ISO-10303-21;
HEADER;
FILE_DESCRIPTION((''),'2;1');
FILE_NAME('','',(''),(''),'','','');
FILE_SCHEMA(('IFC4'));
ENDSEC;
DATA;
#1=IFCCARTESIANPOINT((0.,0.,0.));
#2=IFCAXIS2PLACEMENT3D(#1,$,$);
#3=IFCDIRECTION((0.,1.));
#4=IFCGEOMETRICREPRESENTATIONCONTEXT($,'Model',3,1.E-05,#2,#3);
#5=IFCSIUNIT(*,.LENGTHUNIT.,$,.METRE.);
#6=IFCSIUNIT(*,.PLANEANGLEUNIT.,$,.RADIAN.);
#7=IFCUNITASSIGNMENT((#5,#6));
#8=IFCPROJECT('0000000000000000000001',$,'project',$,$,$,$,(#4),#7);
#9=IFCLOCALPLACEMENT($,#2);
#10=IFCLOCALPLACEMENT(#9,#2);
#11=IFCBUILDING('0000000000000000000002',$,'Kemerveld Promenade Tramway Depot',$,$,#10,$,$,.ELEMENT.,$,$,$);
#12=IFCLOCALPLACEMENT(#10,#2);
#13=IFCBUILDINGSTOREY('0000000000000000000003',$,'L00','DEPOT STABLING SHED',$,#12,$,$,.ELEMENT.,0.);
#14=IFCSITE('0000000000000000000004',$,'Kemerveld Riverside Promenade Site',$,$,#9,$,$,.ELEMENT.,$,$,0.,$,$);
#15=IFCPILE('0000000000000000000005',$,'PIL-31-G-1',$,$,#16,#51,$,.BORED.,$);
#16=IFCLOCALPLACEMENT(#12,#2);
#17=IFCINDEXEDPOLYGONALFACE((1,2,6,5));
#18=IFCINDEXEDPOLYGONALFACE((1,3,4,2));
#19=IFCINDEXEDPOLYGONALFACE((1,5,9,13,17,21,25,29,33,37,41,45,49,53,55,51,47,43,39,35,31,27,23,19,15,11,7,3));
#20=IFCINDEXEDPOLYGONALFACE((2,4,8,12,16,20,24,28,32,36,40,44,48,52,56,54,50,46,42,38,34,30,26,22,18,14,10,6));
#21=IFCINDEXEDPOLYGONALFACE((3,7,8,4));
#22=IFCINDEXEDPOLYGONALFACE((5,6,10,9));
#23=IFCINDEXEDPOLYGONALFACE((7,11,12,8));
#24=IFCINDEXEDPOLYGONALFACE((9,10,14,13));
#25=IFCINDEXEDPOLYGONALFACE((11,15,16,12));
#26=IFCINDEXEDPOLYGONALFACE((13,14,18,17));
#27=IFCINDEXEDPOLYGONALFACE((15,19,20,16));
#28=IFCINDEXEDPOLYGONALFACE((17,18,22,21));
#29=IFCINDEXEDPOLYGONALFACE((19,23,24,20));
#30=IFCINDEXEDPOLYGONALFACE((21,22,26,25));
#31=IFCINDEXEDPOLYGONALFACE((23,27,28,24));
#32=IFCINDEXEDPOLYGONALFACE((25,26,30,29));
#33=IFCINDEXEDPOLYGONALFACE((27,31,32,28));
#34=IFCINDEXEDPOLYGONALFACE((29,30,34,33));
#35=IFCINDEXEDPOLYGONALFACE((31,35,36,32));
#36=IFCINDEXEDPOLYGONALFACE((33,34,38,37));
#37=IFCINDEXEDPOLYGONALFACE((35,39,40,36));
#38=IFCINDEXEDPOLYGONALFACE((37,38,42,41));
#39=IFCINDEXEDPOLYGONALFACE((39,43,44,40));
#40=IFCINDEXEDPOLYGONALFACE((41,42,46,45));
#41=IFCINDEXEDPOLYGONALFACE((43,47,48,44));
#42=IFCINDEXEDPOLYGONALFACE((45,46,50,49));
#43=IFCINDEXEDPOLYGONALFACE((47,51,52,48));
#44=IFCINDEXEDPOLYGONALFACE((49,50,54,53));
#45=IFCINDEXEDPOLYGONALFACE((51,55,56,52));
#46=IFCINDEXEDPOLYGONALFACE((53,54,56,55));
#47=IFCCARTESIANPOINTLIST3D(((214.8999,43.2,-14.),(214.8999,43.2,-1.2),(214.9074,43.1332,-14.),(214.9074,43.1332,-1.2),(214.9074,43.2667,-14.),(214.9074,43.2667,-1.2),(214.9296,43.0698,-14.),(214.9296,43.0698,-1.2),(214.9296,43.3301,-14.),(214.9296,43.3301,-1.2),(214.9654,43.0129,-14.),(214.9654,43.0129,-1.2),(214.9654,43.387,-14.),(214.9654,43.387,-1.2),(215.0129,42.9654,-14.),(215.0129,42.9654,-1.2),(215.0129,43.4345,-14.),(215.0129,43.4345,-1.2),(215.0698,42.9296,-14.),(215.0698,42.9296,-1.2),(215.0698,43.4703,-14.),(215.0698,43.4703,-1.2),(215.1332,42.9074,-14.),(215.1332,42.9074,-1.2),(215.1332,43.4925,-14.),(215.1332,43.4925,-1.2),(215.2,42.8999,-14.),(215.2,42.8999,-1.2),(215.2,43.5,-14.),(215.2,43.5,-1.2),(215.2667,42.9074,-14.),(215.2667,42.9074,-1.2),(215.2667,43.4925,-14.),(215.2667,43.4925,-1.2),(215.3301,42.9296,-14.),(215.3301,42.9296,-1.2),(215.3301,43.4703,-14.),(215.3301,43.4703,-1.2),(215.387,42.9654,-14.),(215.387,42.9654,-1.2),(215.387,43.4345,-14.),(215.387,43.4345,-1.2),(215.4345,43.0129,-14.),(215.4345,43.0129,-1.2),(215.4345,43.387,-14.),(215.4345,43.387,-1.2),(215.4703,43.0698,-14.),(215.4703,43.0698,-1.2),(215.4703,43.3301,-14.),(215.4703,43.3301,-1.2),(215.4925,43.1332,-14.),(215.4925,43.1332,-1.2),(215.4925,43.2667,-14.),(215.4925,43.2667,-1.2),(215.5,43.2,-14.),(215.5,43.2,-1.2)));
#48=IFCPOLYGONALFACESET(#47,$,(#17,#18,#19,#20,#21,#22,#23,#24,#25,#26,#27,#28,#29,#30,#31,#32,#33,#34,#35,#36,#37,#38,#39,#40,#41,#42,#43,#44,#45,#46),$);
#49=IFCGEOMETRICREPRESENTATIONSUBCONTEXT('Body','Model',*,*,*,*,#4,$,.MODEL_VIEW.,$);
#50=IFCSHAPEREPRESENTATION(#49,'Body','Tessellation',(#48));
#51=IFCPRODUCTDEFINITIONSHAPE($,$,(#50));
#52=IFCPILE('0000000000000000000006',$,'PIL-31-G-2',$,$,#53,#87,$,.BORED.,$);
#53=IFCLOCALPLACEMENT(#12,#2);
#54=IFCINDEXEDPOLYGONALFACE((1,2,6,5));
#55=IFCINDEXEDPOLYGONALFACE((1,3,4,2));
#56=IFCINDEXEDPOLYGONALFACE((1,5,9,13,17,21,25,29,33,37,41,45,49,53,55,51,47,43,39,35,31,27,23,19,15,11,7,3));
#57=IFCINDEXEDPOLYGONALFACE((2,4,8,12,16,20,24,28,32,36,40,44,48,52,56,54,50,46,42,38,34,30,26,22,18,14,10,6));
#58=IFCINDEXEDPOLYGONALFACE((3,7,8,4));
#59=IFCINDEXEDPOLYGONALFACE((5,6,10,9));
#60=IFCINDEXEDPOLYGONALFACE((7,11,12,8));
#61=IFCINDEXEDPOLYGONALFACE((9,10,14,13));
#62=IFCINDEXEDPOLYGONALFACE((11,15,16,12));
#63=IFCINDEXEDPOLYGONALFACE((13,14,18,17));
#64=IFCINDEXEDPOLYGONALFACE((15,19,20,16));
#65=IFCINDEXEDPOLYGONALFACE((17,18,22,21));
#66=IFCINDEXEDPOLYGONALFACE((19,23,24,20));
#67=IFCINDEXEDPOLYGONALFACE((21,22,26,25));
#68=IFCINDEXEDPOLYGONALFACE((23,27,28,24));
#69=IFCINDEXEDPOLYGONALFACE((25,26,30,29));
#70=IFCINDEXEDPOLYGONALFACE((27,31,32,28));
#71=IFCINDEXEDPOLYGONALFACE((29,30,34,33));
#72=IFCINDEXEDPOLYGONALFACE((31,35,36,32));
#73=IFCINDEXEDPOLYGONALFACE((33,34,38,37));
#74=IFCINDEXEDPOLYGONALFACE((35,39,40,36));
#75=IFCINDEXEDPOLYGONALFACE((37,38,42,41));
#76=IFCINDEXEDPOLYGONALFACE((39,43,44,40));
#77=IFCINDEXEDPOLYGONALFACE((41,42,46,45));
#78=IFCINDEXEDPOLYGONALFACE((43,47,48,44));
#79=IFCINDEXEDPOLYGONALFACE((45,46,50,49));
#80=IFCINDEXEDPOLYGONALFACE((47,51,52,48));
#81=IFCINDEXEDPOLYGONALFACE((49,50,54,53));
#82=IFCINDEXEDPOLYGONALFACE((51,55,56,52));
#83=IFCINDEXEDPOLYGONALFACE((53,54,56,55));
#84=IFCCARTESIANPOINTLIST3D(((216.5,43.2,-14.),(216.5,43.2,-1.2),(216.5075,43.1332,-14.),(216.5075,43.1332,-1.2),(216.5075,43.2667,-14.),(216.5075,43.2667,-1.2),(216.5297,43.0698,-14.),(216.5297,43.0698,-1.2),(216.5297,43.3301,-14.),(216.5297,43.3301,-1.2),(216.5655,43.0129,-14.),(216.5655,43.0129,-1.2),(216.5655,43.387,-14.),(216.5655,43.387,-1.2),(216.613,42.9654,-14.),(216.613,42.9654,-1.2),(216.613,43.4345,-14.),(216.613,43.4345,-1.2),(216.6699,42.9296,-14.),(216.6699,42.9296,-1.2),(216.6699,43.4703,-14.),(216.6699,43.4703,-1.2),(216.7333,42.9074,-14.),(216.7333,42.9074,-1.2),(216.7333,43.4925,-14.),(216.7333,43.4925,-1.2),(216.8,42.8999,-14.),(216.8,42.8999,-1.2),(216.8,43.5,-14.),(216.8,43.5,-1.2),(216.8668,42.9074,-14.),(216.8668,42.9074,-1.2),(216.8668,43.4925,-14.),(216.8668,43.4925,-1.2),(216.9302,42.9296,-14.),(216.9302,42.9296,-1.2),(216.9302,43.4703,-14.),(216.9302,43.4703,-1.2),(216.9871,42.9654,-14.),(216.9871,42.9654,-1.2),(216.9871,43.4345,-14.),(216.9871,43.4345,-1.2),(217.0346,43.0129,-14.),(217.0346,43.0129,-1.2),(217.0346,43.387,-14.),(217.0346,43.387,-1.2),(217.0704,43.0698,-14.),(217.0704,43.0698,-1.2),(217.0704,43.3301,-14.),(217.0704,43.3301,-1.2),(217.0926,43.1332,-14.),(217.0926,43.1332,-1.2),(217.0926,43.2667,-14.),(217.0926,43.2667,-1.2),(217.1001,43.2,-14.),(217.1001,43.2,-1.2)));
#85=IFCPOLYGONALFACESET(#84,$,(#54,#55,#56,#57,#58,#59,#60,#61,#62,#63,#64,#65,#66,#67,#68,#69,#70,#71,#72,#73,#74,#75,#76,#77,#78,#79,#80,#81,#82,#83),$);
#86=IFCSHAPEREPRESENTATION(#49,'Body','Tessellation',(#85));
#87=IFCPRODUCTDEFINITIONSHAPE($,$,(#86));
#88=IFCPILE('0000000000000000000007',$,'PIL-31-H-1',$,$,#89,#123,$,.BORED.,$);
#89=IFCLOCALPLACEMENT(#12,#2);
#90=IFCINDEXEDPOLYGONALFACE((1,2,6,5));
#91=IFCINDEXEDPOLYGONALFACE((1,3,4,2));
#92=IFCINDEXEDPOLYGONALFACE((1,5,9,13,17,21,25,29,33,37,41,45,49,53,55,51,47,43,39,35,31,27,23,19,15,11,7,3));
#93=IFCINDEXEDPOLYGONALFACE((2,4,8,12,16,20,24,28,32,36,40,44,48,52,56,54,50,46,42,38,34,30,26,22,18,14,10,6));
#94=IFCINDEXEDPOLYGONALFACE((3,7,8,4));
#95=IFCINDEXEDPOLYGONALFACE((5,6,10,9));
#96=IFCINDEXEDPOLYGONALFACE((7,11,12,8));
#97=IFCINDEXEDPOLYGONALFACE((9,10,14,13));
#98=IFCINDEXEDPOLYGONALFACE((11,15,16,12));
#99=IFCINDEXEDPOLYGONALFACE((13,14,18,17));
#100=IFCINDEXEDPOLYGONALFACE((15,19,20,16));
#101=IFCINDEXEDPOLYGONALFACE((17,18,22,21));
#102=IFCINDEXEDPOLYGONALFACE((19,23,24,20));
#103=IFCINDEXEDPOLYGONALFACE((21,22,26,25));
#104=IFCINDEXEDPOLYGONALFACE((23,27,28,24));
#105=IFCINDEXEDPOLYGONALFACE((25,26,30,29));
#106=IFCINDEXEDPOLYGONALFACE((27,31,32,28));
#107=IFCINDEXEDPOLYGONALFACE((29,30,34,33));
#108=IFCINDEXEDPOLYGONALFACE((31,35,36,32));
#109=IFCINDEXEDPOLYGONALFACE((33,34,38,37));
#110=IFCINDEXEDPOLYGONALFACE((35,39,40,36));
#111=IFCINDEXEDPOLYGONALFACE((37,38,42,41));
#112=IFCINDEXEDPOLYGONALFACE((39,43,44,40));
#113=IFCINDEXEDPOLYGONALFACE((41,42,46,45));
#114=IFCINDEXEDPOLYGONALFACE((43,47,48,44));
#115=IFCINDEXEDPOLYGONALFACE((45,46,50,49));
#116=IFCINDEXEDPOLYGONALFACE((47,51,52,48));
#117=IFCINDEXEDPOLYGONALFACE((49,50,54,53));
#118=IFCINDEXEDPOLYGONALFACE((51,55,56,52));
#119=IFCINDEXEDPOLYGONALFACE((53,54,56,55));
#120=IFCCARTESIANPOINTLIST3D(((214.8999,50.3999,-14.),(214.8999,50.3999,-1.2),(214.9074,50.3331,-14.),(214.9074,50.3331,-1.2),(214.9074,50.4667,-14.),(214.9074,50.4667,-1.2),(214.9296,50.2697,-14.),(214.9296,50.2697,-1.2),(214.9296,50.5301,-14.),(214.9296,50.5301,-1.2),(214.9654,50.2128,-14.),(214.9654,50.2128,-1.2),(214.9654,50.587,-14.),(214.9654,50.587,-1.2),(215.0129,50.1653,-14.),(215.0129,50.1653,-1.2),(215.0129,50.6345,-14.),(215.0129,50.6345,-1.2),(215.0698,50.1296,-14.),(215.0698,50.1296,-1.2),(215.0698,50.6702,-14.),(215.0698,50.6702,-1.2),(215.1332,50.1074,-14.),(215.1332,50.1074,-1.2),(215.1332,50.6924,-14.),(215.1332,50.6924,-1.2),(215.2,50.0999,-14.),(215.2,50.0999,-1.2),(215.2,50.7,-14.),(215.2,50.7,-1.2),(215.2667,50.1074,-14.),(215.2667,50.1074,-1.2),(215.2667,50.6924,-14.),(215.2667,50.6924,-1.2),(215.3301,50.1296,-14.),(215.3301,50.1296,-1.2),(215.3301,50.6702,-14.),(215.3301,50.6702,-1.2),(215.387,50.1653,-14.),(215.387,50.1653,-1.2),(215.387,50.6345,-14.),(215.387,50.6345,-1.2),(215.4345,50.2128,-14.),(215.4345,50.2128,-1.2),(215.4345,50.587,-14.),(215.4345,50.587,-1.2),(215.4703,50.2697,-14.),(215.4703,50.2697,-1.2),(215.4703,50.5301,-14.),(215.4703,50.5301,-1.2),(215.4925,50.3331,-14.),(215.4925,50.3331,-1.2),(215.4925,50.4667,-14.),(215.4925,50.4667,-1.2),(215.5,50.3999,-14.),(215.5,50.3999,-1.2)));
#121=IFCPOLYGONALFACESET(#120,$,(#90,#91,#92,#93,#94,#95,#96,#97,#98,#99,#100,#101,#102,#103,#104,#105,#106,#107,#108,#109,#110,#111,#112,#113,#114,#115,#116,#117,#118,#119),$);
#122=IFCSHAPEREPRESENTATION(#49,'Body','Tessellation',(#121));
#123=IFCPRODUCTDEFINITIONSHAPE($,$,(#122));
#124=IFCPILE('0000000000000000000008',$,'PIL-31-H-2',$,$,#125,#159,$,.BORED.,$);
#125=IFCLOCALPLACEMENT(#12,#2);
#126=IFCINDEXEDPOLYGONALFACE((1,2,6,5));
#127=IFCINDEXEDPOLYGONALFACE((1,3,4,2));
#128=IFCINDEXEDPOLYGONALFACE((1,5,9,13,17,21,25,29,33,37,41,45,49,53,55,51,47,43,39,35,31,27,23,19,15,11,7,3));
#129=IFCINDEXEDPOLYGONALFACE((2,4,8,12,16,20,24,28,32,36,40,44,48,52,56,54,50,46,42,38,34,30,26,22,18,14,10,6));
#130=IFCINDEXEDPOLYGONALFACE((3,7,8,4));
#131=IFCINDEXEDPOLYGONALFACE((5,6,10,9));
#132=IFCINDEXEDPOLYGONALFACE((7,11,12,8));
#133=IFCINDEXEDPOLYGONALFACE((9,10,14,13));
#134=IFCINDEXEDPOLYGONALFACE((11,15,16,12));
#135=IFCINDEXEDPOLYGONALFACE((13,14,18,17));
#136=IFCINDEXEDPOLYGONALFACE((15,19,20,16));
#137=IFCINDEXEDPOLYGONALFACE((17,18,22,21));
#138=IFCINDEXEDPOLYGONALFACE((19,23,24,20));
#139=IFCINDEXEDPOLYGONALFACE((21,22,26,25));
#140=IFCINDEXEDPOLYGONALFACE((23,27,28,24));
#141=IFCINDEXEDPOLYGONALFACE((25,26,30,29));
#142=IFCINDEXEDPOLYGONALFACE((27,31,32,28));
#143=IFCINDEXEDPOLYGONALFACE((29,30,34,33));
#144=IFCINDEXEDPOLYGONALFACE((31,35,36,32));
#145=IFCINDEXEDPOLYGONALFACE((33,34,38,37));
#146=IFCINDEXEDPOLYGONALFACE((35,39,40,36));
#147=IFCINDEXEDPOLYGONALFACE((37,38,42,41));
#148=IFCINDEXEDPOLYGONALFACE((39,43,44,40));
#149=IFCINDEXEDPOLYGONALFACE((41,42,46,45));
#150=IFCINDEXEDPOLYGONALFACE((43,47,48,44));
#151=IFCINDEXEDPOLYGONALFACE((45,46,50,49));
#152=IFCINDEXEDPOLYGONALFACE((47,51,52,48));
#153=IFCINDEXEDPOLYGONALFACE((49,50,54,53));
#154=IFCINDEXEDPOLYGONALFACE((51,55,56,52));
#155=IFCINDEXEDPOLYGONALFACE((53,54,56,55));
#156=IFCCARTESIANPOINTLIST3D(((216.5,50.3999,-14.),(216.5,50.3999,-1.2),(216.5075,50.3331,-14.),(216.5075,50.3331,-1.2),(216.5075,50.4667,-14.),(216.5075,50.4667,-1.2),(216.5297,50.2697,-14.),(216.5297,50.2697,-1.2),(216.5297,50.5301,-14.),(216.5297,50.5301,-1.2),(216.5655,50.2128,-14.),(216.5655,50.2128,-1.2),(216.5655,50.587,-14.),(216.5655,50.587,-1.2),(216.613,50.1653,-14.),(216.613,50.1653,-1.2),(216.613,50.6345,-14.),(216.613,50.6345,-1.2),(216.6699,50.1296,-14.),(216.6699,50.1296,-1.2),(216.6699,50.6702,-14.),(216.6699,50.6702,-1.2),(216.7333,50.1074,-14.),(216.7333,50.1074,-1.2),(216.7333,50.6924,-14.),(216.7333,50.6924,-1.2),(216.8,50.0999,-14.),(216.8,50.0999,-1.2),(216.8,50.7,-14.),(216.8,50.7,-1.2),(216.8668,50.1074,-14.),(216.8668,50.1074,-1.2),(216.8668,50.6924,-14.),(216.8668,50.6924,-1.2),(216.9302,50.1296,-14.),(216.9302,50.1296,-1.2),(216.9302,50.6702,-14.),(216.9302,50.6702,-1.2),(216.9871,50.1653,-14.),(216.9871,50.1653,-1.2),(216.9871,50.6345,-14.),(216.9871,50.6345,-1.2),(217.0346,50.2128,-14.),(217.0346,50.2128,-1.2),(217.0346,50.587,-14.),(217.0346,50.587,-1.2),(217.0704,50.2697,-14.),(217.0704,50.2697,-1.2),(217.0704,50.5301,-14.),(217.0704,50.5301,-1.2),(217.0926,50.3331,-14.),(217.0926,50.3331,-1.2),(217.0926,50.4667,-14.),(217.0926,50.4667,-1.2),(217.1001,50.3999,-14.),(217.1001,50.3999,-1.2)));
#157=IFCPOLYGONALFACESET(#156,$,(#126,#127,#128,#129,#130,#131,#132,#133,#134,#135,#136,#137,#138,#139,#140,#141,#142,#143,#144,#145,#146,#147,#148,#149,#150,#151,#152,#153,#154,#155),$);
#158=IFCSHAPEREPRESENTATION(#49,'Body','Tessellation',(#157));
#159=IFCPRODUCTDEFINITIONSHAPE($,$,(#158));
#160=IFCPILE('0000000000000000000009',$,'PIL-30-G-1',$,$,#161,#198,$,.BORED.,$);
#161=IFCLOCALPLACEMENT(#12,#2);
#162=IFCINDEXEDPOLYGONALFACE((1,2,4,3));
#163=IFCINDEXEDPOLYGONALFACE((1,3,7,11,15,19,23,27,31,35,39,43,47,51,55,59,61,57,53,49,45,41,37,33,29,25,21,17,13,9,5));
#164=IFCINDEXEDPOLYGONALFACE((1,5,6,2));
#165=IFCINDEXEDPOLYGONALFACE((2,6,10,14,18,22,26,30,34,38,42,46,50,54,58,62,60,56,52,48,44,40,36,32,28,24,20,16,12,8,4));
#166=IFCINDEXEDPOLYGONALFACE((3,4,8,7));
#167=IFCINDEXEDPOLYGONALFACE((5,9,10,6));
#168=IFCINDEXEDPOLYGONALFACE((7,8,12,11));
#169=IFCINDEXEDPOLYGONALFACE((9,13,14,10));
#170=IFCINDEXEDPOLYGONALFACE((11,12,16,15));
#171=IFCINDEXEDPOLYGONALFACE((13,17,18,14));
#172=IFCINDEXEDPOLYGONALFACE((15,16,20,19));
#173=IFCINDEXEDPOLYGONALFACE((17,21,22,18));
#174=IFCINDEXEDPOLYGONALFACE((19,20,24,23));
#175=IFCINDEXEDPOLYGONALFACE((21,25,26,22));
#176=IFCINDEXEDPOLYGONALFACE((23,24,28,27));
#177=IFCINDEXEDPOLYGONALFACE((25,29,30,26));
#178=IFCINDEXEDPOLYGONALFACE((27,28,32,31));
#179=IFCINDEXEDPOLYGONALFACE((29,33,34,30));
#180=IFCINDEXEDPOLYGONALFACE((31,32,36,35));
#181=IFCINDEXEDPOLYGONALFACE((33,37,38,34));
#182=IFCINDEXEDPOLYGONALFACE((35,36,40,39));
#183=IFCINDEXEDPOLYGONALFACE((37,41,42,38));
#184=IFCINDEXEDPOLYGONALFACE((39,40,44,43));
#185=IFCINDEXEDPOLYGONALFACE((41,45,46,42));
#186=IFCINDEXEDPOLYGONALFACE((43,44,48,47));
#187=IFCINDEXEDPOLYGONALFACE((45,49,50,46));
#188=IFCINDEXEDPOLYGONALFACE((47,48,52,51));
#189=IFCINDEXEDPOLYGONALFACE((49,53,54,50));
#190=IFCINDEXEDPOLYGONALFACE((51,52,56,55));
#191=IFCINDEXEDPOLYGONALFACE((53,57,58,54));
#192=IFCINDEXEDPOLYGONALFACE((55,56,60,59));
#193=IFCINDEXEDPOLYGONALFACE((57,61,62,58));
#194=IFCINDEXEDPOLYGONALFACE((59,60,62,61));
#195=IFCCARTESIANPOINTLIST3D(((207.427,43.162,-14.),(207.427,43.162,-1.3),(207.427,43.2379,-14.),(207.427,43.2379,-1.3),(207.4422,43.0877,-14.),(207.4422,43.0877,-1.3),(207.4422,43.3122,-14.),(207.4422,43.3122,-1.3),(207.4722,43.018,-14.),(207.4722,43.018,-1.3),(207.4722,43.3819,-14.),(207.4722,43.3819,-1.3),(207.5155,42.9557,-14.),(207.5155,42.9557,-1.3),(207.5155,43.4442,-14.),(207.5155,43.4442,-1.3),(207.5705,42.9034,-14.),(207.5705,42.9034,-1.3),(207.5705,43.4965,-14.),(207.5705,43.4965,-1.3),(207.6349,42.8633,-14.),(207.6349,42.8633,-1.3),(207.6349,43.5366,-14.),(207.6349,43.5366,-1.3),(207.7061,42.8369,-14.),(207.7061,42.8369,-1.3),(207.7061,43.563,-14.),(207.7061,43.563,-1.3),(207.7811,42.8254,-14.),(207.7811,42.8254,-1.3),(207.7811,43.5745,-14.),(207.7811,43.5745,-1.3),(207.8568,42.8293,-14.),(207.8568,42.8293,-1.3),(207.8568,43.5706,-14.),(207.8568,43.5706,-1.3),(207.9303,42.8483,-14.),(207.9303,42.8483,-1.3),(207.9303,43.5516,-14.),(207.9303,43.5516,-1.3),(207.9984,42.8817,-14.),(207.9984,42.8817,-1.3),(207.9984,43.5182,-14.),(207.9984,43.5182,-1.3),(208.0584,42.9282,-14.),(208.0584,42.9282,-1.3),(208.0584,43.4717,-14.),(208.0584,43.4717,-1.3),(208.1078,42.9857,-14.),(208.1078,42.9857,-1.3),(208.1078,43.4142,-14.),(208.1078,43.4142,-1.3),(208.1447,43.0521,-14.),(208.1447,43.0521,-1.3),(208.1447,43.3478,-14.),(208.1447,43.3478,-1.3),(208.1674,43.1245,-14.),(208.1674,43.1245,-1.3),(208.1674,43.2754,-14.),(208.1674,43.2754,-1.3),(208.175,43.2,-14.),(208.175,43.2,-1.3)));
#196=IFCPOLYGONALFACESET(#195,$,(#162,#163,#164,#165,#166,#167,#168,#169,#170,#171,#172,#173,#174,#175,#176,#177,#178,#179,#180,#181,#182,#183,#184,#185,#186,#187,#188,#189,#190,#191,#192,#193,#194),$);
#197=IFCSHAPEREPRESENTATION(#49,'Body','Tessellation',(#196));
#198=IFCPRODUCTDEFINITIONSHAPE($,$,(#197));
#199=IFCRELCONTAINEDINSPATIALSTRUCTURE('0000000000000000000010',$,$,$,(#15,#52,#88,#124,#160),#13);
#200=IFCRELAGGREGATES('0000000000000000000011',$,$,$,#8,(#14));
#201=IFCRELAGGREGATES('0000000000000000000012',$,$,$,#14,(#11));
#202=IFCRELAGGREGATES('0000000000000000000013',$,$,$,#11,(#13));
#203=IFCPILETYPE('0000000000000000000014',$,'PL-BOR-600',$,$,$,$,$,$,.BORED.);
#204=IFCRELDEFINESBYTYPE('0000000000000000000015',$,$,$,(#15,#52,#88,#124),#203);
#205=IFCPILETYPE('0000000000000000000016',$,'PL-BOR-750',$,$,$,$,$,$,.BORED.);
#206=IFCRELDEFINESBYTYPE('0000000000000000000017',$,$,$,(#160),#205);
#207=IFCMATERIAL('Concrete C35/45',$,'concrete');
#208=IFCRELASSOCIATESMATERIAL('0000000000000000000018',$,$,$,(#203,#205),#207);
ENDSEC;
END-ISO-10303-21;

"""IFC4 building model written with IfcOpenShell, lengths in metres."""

from ifc_helpers import new_model, si_unit, direction, frame, origin, origin_2d, place, context, subcontext, project, spatial, circle, extrude, material, material_profile, profile_set, type_object, element, save


model = new_model("IFC4")

# Units and contexts
model_context = context("Model", 3, precision=1e-05, world=origin(), true_north=direction((0.0, 1.0)))
body_context = subcontext(model_context, "Body", "Model", "MODEL_VIEW")
ifc_project = project(units=[si_unit("LENGTHUNIT", "METRE"), si_unit("PLANEANGLEUNIT", "RADIAN")], contexts=[model_context])

# Site, building, storey
site_placement = place(None, origin())
site = spatial("IfcSite", under=ifc_project, at=site_placement, Name="Kemerveld Riverside Promenade Site", CompositionType="ELEMENT", RefElevation=0.0)
building_placement = place(site_placement, origin())
building = spatial("IfcBuilding", under=site, at=building_placement, Name="Kemerveld Promenade Tramway Depot", CompositionType="ELEMENT")
storey_placement = place(building_placement, origin())
storey = spatial("IfcBuildingStorey", under=building, at=storey_placement, Name="L00", Description="DEPOT STABLING SHED", CompositionType="ELEMENT", Elevation=0.0)

# Shared definitions
ifc_material_1 = material(Name="Concrete C35/45", Category="concrete")

# Piles
ifc_material_profile_1 = material_profile(ifc_material_1, circle(Radius=0.3, at=origin_2d()), Name="PILE-D600")
ifc_profile_set_1 = profile_set([ifc_material_profile_1], Name="Concrete C35/45")
pile_type_1 = type_object("IfcPileType", Name="PL-BOR-600", PredefinedType="BORED", material=ifc_profile_set_1)
for number, where, z_axis, x_axis, name in (
    (1, (215.2, 43.2, -1.2), (0.0, 0.0, -1.0), (1.0, 0.0, 0.0), "PIL-31-G-1"),
    (2, (216.8, 43.2, -1.2), (0.0, 0.0, -1.0), (1.0, 0.0, 0.0), "PIL-31-G-2"),
    (3, (215.2, 50.3999, -1.2), (0.0, 0.0, -1.0), (1.0, 0.0, 0.0), "PIL-31-H-1"),
    (4, (216.8, 50.3999, -1.2), (0.0, 0.0, -1.0), (1.0, 0.0, 0.0), "PIL-31-H-2"),
):
    element("IfcPile", number, at=place(storey_placement, frame(where, z_axis=z_axis, x_axis=x_axis)), inside=storey, type_object=pile_type_1, Name=name, PredefinedType="BORED", context=body_context, shape_type="SweptSolid", body=[
        extrude(circle(Radius=0.3, at=origin_2d()), origin(), (0.0, 0.0, 1.0), 12.8),
    ])
ifc_material_profile_2 = material_profile(ifc_material_1, circle(Radius=0.375, at=origin_2d()), Name="PILE-D750")
ifc_profile_set_2 = profile_set([ifc_material_profile_2], Name="Concrete C35/45")
pile_type_2 = type_object("IfcPileType", Name="PL-BOR-750", PredefinedType="BORED", material=ifc_profile_set_2)
for number, where, z_axis, x_axis, name in (
    (5, (207.8, 43.2, -1.3), (0.0, 0.0, -1.0), (1.0, 0.0, 0.0), "PIL-30-G-1"),
):
    element("IfcPile", number, at=place(storey_placement, frame(where, z_axis=z_axis, x_axis=x_axis)), inside=storey, type_object=pile_type_2, Name=name, PredefinedType="BORED", context=body_context, shape_type="SweptSolid", body=[
        extrude(circle(Radius=0.375, at=origin_2d()), origin(), (0.0, 0.0, 1.0), 12.7),
    ])

save(model, "model.ifc")
